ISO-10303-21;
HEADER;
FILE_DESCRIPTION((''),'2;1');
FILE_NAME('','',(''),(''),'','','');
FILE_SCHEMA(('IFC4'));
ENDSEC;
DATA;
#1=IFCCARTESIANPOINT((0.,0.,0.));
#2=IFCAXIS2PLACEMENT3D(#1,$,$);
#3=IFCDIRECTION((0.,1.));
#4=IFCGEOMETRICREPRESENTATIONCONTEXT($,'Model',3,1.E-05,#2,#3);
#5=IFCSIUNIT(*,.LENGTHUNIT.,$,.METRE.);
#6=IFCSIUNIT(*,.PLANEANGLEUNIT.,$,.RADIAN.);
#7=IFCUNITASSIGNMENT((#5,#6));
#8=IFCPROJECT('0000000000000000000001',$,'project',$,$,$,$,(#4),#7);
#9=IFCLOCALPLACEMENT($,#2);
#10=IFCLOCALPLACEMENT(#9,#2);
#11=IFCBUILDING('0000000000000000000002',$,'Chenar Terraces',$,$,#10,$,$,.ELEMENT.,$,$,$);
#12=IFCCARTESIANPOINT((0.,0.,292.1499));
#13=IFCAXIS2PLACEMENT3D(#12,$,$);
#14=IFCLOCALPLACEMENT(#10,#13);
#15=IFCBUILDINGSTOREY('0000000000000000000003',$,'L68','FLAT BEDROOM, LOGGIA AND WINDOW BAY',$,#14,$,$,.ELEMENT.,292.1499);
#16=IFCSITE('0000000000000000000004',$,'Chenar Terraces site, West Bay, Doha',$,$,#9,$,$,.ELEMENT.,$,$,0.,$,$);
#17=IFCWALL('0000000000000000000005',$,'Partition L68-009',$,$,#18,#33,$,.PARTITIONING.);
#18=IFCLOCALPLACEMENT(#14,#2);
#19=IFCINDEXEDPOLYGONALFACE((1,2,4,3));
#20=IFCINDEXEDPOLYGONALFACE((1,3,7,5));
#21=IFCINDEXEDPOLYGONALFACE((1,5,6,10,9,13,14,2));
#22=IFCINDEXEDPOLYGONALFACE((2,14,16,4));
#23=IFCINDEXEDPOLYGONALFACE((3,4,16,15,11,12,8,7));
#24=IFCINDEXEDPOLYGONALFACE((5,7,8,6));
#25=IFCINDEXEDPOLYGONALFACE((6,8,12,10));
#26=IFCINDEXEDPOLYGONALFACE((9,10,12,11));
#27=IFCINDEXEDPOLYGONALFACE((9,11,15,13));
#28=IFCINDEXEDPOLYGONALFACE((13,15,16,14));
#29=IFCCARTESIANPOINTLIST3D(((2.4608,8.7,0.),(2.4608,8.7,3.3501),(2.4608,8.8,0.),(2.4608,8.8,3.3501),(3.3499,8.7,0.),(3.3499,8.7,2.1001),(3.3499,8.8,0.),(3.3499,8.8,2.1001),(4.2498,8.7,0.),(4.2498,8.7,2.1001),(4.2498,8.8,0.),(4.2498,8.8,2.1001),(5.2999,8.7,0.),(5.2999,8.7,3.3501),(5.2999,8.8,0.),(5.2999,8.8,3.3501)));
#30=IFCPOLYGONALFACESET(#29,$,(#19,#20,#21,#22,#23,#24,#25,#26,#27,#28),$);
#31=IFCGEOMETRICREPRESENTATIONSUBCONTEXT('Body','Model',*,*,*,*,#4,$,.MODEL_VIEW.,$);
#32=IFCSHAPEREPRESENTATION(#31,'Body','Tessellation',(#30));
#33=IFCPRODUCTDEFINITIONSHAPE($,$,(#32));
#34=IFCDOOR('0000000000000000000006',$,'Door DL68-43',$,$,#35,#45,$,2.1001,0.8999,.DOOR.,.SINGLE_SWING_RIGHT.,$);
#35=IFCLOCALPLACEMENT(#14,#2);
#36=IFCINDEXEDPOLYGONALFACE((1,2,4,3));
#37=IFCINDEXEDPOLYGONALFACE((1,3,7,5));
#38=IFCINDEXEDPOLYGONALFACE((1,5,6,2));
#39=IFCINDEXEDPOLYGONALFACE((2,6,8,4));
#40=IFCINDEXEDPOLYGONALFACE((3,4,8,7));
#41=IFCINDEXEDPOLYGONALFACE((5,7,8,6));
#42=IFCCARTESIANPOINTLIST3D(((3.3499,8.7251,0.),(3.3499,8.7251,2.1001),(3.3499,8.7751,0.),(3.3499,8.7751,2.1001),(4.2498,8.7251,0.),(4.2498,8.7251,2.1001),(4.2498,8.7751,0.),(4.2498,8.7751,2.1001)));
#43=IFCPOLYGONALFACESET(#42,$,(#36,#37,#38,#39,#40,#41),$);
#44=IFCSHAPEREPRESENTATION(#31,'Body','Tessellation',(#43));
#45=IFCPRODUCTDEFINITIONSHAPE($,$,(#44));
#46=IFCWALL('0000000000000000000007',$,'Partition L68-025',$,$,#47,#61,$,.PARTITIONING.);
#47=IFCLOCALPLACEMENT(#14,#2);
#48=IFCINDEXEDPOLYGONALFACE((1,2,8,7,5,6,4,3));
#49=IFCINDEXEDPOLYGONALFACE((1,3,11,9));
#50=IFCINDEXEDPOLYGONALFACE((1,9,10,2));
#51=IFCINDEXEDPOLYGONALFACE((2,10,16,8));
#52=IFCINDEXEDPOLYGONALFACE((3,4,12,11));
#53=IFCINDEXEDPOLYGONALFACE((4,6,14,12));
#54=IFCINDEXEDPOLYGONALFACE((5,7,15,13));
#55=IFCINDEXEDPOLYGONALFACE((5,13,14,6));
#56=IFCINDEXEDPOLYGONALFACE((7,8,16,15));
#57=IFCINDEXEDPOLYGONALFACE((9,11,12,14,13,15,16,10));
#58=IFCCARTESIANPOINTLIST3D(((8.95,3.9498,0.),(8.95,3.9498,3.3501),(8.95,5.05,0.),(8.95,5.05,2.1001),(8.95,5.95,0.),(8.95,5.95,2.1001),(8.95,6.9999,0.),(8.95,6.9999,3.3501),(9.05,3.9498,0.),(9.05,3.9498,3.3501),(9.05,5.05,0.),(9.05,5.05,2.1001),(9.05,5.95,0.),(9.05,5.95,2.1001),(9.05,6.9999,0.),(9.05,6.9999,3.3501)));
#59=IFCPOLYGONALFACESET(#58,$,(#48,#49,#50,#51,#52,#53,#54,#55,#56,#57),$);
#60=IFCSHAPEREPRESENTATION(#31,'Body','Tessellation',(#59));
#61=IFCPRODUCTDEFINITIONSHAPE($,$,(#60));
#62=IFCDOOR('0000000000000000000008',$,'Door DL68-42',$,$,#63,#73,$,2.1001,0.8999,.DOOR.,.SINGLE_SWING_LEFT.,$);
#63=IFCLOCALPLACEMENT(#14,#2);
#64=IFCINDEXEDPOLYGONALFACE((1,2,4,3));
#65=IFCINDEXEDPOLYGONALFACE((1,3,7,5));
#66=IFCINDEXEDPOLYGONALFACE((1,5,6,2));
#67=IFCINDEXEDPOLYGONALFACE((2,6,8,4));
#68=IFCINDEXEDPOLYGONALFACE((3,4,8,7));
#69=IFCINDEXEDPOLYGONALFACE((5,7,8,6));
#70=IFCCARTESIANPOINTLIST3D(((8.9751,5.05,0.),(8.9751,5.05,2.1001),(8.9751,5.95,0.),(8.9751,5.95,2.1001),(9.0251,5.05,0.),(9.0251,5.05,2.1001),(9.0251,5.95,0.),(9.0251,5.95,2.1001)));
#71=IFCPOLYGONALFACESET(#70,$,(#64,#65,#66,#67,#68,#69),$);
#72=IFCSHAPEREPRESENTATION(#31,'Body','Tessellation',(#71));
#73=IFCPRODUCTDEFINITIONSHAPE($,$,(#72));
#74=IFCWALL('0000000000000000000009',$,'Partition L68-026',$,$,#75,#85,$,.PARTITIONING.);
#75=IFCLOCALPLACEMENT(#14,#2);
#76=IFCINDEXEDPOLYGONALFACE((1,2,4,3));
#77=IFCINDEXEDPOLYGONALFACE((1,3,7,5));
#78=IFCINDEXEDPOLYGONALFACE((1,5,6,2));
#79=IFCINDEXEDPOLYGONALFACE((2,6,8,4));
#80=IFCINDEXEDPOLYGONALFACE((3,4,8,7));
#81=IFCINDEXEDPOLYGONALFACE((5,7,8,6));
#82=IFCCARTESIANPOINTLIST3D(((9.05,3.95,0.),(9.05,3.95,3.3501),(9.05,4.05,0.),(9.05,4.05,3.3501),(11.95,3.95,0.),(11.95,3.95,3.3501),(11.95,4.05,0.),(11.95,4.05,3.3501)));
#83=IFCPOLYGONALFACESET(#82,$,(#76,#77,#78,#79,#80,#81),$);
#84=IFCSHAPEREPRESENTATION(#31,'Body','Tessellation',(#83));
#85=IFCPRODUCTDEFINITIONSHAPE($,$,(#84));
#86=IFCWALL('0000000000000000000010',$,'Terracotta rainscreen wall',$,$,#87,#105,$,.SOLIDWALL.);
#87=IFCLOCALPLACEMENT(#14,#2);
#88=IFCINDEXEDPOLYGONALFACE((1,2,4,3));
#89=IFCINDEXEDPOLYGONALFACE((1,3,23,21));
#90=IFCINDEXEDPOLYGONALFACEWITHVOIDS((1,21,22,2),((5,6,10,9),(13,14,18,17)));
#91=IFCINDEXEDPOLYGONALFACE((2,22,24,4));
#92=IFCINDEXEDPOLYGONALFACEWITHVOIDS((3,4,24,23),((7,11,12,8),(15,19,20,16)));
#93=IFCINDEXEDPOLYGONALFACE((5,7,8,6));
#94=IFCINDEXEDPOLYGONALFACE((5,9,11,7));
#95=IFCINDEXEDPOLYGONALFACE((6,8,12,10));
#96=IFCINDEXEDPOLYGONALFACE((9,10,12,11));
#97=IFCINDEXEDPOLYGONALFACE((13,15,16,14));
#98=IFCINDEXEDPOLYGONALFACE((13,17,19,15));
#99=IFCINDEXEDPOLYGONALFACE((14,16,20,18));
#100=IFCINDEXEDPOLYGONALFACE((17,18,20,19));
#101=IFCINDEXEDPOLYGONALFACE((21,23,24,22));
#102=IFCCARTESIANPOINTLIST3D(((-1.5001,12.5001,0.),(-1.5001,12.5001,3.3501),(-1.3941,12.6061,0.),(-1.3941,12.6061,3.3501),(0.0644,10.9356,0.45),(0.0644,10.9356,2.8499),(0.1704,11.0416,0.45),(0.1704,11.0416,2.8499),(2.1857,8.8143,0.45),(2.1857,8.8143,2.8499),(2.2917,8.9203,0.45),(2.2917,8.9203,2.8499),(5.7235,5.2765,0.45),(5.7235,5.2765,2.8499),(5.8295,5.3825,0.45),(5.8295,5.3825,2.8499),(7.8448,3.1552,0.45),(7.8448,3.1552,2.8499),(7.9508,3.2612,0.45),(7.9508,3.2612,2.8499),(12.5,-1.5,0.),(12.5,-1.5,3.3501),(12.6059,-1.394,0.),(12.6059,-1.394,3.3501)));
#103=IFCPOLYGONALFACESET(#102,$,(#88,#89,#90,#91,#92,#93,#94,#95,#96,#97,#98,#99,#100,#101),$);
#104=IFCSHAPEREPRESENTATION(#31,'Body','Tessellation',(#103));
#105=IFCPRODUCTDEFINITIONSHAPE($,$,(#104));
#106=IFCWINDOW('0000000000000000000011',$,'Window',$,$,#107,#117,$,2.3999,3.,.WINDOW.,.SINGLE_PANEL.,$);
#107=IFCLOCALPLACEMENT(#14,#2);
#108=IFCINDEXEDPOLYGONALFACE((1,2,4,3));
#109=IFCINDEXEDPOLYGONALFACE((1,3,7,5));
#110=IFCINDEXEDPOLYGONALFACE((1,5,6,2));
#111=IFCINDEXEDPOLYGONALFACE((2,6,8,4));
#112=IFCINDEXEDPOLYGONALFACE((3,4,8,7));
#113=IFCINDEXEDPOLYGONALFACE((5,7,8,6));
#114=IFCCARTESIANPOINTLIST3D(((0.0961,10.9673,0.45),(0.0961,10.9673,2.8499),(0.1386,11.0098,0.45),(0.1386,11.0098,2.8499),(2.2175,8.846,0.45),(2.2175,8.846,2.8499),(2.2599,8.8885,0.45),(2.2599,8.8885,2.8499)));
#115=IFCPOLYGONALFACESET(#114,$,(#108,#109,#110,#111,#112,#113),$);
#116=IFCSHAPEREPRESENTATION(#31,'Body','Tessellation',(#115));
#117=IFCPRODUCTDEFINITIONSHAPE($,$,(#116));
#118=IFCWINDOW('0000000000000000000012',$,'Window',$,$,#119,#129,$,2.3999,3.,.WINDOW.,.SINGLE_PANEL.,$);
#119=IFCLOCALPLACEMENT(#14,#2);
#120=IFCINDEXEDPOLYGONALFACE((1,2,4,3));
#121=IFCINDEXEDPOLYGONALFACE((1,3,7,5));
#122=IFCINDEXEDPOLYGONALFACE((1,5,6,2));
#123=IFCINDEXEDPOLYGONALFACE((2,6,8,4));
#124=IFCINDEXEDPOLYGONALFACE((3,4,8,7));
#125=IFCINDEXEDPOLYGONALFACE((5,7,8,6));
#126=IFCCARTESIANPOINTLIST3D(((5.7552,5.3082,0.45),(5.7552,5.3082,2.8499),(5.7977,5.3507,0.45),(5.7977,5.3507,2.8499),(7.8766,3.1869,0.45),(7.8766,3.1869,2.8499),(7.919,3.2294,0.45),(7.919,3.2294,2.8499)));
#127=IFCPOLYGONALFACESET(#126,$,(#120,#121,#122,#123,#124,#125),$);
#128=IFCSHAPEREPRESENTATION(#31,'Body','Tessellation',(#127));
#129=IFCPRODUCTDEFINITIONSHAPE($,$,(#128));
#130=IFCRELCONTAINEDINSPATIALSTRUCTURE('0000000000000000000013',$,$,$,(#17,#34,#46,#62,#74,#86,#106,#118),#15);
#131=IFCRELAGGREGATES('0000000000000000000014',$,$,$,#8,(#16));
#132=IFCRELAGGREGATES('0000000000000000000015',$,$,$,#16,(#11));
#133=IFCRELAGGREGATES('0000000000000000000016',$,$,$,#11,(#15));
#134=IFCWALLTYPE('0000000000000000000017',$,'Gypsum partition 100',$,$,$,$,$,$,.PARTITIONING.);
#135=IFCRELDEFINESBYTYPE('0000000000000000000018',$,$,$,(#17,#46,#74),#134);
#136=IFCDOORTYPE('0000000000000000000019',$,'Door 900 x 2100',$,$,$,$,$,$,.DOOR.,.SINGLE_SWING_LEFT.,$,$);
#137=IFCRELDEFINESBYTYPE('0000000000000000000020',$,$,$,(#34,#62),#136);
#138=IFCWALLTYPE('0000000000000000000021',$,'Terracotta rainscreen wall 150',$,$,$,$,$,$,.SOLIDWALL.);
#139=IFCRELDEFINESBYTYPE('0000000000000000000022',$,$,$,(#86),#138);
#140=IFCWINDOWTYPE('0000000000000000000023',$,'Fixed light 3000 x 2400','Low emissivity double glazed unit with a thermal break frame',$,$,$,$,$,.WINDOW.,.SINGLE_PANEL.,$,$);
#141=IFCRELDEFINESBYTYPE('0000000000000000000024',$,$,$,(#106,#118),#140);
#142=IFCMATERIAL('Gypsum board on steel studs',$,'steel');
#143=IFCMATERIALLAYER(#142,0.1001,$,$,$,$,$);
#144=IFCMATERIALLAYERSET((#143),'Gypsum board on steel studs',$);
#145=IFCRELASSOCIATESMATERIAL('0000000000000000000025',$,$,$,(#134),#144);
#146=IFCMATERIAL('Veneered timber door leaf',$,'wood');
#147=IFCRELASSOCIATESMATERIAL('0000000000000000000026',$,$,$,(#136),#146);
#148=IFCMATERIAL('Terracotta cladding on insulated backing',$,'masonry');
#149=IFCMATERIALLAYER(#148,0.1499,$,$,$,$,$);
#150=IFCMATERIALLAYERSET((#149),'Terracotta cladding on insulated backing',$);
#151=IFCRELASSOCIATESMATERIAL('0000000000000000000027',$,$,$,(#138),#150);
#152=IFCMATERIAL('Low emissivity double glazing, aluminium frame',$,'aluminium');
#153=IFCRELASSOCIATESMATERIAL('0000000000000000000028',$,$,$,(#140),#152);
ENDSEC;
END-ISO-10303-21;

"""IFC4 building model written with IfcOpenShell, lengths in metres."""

from ifc_helpers import new_model, si_unit, direction, frame, frame_2d, origin, place, context, subcontext, project, spatial, rectangle, extrude, material, layer, layer_set, type_object, element, fill, save


model = new_model("IFC4")

# Units and contexts
model_context = context("Model", 3, precision=1e-05, world=origin(), true_north=direction((0.0, 1.0)))
body_context = subcontext(model_context, "Body", "Model", "MODEL_VIEW")
ifc_project = project(units=[si_unit("LENGTHUNIT", "METRE"), si_unit("PLANEANGLEUNIT", "RADIAN")], contexts=[model_context])

# Site, building, storey
site_placement = place(None, origin())
site = spatial("IfcSite", under=ifc_project, at=site_placement, Name="Chenar Terraces site, West Bay, Doha", CompositionType="ELEMENT", RefElevation=0.0)
building_placement = place(site_placement, origin())
building = spatial("IfcBuilding", under=site, at=building_placement, Name="Chenar Terraces", CompositionType="ELEMENT")
storey_placement = place(building_placement, frame((0.0, 0.0, 292.1499)))
storey = spatial("IfcBuildingStorey", under=building, at=storey_placement, Name="L68", Description="FLAT BEDROOM, LOGGIA AND WINDOW BAY", CompositionType="ELEMENT", Elevation=292.1499)

# Walls, openings, doors
ifc_material_1 = material(Name="Gypsum board on steel studs", Category="steel")
ifc_layer_1 = layer(ifc_material_1, 0.1001)
ifc_layer_set_1 = layer_set([ifc_layer_1], Name="Gypsum board on steel studs")
wall_type_1 = type_object("IfcWallType", Name="Gypsum partition 100", PredefinedType="PARTITIONING", material=ifc_layer_set_1)
wall_1_placement = place(storey_placement, frame((2.4609, 8.75, 0.0), z_axis=(0.0, 0.0, 1.0), x_axis=(1.0, 0.0, 0.0)))
wall_1 = element("IfcWall", 1, at=wall_1_placement, inside=storey, type_object=wall_type_1, Name="Partition L68-009", PredefinedType="PARTITIONING", context=body_context, shape_type="SweptSolid", body=[
    extrude(rectangle(XDim=2.8391, YDim=0.1001, at=frame_2d((1.4194, 0.0))), origin(), (0.0, 0.0, 1.0), 3.3501),
])
opening_1_placement = place(wall_1_placement, frame((0.8889, 0.0, 0.0)))
opening_1 = element("IfcOpeningElement", 2, at=opening_1_placement, cuts=wall_1, PredefinedType="OPENING", context=body_context, shape_type="SweptSolid", body=[
    extrude(rectangle(XDim=0.8999, YDim=2.1001, at=frame_2d((0.45, 1.05))), frame((0.0, 0.0601, 0.0), z_axis=(0.0, -1.0, 0.0), x_axis=(1.0, 0.0, 0.0)), (0.0, 0.0, 1.0), 0.1201),
])
ifc_material_2 = material(Name="Veneered timber door leaf", Category="wood")
door_type_1 = type_object("IfcDoorType", Name="Door 900 x 2100", OperationType="SINGLE_SWING_LEFT", PredefinedType="DOOR", material=ifc_material_2)
door_1_placement = place(opening_1_placement, frame((0.8999, 0.0, 0.0), z_axis=(0.0, 0.0, 1.0), x_axis=(-1.0, 0.0, 0.0)))
door_1 = element("IfcDoor", 3, at=door_1_placement, inside=storey, type_object=door_type_1, Name="Door DL68-43", OperationType="SINGLE_SWING_RIGHT", OverallHeight=2.1001, OverallWidth=0.8999, PredefinedType="DOOR", context=body_context, shape_type="SweptSolid", body=[
    extrude(rectangle(XDim=0.8999, YDim=2.1001, at=frame_2d((0.45, 1.05))), frame((0.0, 0.0249, 0.0), z_axis=(0.0, -1.0, 0.0), x_axis=(1.0, 0.0, 0.0)), (0.0, 0.0, 1.0), 0.05),
])
fill(opening_1, door_1)
wall_2_placement = place(storey_placement, frame((9.0, 3.95, 0.0), z_axis=(0.0, 0.0, 1.0), x_axis=(0.0, 1.0, 0.0)))
wall_2 = element("IfcWall", 4, at=wall_2_placement, inside=storey, type_object=wall_type_1, Name="Partition L68-025", PredefinedType="PARTITIONING", context=body_context, shape_type="SweptSolid", body=[
    extrude(rectangle(XDim=3.05, YDim=0.1001, at=frame_2d((1.5249, 0.0))), origin(), (0.0, 0.0, 1.0), 3.3501),
])
opening_2_placement = place(wall_2_placement, frame((1.1001, 0.0, 0.0)))
opening_2 = element("IfcOpeningElement", 5, at=opening_2_placement, cuts=wall_2, PredefinedType="OPENING", context=body_context, shape_type="SweptSolid", body=[
    extrude(rectangle(XDim=0.8999, YDim=2.1001, at=frame_2d((0.45, 1.05))), frame((0.0, 0.0601, 0.0), z_axis=(0.0, -1.0, 0.0), x_axis=(1.0, 0.0, 0.0)), (0.0, 0.0, 1.0), 0.1201),
])
door_2_placement = place(opening_2_placement, origin())
door_2 = element("IfcDoor", 6, at=door_2_placement, inside=storey, type_object=door_type_1, Name="Door DL68-42", OperationType="SINGLE_SWING_LEFT", OverallHeight=2.1001, OverallWidth=0.8999, PredefinedType="DOOR", context=body_context, shape_type="SweptSolid", body=[
    extrude(rectangle(XDim=0.8999, YDim=2.1001, at=frame_2d((0.45, 1.05))), frame((0.0, 0.0249, 0.0), z_axis=(0.0, -1.0, 0.0), x_axis=(1.0, 0.0, 0.0)), (0.0, 0.0, 1.0), 0.05),
])
fill(opening_2, door_2)

# Wall
wall_3_placement = place(storey_placement, frame((9.05, 4.0, 0.0), z_axis=(0.0, 0.0, 1.0), x_axis=(1.0, 0.0, 0.0)))
element("IfcWall", 7, at=wall_3_placement, inside=storey, type_object=wall_type_1, Name="Partition L68-026", PredefinedType="PARTITIONING", context=body_context, shape_type="SweptSolid", body=[
    extrude(rectangle(XDim=2.8999, YDim=0.1001, at=frame_2d((1.45, 0.0))), origin(), (0.0, 0.0, 1.0), 3.3501),
])

# Wall, openings, windows
ifc_material_3 = material(Name="Terracotta cladding on insulated backing", Category="masonry")
ifc_layer_2 = layer(ifc_material_3, 0.1499)
ifc_layer_set_2 = layer_set([ifc_layer_2], Name="Terracotta cladding on insulated backing")
wall_type_2 = type_object("IfcWallType", Name="Terracotta rainscreen wall 150", PredefinedType="SOLIDWALL", material=ifc_layer_set_2)
wall_4_placement = place(storey_placement, frame((-1.447, 12.553, 0.0), z_axis=(0.0, 0.0, 1.0), x_axis=(0.707107, -0.707107, 0.0)))
wall_4 = element("IfcWall", 8, at=wall_4_placement, inside=storey, type_object=wall_type_2, Name="Terracotta rainscreen wall", PredefinedType="SOLIDWALL", context=body_context, shape_type="SweptSolid", body=[
    extrude(rectangle(XDim=19.7991, YDim=0.1499, at=frame_2d((9.8994, 0.0))), origin(), (0.0, 0.0, 1.0), 3.3501),
])
opening_3_placement = place(wall_4_placement, frame((2.2124, 0.0, 0.45)))
opening_3 = element("IfcOpeningElement", 9, at=opening_3_placement, cuts=wall_4, PredefinedType="OPENING", context=body_context, shape_type="SweptSolid", body=[
    extrude(rectangle(XDim=3.0, YDim=2.3999, at=frame_2d((1.5, 1.2))), frame((0.0, 0.085, 0.0), z_axis=(0.0, -1.0, 0.0), x_axis=(1.0, 0.0, 0.0)), (0.0, 0.0, 1.0), 0.1699),
])
opening_4_placement = place(wall_4_placement, frame((10.2156, 0.0, 0.45)))
opening_4 = element("IfcOpeningElement", 10, at=opening_4_placement, cuts=wall_4, PredefinedType="OPENING", context=body_context, shape_type="SweptSolid", body=[
    extrude(rectangle(XDim=3.0, YDim=2.3999, at=frame_2d((1.5, 1.2))), frame((0.0, 0.085, 0.0), z_axis=(0.0, -1.0, 0.0), x_axis=(1.0, 0.0, 0.0)), (0.0, 0.0, 1.0), 0.1699),
])
ifc_material_4 = material(Name="Low emissivity double glazing, aluminium frame", Category="aluminium")
window_type = type_object("IfcWindowType", Name="Fixed light 3000 x 2400", Description="Low emissivity double glazed unit with a thermal break frame", PartitioningType="SINGLE_PANEL", PredefinedType="WINDOW", material=ifc_material_4)
window_1_placement = place(opening_3_placement, origin())
window_1 = element("IfcWindow", 11, at=window_1_placement, inside=storey, type_object=window_type, Name="Window", OverallHeight=2.3999, OverallWidth=3.0, PartitioningType="SINGLE_PANEL", PredefinedType="WINDOW", context=body_context, shape_type="SweptSolid", body=[
    extrude(rectangle(XDim=3.0, YDim=2.3999, at=frame_2d((1.5, 1.2))), frame((0.0, 0.03, 0.0), z_axis=(0.0, -1.0, 0.0), x_axis=(1.0, 0.0, 0.0)), (0.0, 0.0, 1.0), 0.0601),
])
fill(opening_3, window_1)
window_2_placement = place(opening_4_placement, origin())
window_2 = element("IfcWindow", 12, at=window_2_placement, inside=storey, type_object=window_type, Name="Window", OverallHeight=2.3999, OverallWidth=3.0, PartitioningType="SINGLE_PANEL", PredefinedType="WINDOW", context=body_context, shape_type="SweptSolid", body=[
    extrude(rectangle(XDim=3.0, YDim=2.3999, at=frame_2d((1.5, 1.2))), frame((0.0, 0.03, 0.0), z_axis=(0.0, -1.0, 0.0), x_axis=(1.0, 0.0, 0.0)), (0.0, 0.0, 1.0), 0.0601),
])
fill(opening_4, window_2)

save(model, "model.ifc")
